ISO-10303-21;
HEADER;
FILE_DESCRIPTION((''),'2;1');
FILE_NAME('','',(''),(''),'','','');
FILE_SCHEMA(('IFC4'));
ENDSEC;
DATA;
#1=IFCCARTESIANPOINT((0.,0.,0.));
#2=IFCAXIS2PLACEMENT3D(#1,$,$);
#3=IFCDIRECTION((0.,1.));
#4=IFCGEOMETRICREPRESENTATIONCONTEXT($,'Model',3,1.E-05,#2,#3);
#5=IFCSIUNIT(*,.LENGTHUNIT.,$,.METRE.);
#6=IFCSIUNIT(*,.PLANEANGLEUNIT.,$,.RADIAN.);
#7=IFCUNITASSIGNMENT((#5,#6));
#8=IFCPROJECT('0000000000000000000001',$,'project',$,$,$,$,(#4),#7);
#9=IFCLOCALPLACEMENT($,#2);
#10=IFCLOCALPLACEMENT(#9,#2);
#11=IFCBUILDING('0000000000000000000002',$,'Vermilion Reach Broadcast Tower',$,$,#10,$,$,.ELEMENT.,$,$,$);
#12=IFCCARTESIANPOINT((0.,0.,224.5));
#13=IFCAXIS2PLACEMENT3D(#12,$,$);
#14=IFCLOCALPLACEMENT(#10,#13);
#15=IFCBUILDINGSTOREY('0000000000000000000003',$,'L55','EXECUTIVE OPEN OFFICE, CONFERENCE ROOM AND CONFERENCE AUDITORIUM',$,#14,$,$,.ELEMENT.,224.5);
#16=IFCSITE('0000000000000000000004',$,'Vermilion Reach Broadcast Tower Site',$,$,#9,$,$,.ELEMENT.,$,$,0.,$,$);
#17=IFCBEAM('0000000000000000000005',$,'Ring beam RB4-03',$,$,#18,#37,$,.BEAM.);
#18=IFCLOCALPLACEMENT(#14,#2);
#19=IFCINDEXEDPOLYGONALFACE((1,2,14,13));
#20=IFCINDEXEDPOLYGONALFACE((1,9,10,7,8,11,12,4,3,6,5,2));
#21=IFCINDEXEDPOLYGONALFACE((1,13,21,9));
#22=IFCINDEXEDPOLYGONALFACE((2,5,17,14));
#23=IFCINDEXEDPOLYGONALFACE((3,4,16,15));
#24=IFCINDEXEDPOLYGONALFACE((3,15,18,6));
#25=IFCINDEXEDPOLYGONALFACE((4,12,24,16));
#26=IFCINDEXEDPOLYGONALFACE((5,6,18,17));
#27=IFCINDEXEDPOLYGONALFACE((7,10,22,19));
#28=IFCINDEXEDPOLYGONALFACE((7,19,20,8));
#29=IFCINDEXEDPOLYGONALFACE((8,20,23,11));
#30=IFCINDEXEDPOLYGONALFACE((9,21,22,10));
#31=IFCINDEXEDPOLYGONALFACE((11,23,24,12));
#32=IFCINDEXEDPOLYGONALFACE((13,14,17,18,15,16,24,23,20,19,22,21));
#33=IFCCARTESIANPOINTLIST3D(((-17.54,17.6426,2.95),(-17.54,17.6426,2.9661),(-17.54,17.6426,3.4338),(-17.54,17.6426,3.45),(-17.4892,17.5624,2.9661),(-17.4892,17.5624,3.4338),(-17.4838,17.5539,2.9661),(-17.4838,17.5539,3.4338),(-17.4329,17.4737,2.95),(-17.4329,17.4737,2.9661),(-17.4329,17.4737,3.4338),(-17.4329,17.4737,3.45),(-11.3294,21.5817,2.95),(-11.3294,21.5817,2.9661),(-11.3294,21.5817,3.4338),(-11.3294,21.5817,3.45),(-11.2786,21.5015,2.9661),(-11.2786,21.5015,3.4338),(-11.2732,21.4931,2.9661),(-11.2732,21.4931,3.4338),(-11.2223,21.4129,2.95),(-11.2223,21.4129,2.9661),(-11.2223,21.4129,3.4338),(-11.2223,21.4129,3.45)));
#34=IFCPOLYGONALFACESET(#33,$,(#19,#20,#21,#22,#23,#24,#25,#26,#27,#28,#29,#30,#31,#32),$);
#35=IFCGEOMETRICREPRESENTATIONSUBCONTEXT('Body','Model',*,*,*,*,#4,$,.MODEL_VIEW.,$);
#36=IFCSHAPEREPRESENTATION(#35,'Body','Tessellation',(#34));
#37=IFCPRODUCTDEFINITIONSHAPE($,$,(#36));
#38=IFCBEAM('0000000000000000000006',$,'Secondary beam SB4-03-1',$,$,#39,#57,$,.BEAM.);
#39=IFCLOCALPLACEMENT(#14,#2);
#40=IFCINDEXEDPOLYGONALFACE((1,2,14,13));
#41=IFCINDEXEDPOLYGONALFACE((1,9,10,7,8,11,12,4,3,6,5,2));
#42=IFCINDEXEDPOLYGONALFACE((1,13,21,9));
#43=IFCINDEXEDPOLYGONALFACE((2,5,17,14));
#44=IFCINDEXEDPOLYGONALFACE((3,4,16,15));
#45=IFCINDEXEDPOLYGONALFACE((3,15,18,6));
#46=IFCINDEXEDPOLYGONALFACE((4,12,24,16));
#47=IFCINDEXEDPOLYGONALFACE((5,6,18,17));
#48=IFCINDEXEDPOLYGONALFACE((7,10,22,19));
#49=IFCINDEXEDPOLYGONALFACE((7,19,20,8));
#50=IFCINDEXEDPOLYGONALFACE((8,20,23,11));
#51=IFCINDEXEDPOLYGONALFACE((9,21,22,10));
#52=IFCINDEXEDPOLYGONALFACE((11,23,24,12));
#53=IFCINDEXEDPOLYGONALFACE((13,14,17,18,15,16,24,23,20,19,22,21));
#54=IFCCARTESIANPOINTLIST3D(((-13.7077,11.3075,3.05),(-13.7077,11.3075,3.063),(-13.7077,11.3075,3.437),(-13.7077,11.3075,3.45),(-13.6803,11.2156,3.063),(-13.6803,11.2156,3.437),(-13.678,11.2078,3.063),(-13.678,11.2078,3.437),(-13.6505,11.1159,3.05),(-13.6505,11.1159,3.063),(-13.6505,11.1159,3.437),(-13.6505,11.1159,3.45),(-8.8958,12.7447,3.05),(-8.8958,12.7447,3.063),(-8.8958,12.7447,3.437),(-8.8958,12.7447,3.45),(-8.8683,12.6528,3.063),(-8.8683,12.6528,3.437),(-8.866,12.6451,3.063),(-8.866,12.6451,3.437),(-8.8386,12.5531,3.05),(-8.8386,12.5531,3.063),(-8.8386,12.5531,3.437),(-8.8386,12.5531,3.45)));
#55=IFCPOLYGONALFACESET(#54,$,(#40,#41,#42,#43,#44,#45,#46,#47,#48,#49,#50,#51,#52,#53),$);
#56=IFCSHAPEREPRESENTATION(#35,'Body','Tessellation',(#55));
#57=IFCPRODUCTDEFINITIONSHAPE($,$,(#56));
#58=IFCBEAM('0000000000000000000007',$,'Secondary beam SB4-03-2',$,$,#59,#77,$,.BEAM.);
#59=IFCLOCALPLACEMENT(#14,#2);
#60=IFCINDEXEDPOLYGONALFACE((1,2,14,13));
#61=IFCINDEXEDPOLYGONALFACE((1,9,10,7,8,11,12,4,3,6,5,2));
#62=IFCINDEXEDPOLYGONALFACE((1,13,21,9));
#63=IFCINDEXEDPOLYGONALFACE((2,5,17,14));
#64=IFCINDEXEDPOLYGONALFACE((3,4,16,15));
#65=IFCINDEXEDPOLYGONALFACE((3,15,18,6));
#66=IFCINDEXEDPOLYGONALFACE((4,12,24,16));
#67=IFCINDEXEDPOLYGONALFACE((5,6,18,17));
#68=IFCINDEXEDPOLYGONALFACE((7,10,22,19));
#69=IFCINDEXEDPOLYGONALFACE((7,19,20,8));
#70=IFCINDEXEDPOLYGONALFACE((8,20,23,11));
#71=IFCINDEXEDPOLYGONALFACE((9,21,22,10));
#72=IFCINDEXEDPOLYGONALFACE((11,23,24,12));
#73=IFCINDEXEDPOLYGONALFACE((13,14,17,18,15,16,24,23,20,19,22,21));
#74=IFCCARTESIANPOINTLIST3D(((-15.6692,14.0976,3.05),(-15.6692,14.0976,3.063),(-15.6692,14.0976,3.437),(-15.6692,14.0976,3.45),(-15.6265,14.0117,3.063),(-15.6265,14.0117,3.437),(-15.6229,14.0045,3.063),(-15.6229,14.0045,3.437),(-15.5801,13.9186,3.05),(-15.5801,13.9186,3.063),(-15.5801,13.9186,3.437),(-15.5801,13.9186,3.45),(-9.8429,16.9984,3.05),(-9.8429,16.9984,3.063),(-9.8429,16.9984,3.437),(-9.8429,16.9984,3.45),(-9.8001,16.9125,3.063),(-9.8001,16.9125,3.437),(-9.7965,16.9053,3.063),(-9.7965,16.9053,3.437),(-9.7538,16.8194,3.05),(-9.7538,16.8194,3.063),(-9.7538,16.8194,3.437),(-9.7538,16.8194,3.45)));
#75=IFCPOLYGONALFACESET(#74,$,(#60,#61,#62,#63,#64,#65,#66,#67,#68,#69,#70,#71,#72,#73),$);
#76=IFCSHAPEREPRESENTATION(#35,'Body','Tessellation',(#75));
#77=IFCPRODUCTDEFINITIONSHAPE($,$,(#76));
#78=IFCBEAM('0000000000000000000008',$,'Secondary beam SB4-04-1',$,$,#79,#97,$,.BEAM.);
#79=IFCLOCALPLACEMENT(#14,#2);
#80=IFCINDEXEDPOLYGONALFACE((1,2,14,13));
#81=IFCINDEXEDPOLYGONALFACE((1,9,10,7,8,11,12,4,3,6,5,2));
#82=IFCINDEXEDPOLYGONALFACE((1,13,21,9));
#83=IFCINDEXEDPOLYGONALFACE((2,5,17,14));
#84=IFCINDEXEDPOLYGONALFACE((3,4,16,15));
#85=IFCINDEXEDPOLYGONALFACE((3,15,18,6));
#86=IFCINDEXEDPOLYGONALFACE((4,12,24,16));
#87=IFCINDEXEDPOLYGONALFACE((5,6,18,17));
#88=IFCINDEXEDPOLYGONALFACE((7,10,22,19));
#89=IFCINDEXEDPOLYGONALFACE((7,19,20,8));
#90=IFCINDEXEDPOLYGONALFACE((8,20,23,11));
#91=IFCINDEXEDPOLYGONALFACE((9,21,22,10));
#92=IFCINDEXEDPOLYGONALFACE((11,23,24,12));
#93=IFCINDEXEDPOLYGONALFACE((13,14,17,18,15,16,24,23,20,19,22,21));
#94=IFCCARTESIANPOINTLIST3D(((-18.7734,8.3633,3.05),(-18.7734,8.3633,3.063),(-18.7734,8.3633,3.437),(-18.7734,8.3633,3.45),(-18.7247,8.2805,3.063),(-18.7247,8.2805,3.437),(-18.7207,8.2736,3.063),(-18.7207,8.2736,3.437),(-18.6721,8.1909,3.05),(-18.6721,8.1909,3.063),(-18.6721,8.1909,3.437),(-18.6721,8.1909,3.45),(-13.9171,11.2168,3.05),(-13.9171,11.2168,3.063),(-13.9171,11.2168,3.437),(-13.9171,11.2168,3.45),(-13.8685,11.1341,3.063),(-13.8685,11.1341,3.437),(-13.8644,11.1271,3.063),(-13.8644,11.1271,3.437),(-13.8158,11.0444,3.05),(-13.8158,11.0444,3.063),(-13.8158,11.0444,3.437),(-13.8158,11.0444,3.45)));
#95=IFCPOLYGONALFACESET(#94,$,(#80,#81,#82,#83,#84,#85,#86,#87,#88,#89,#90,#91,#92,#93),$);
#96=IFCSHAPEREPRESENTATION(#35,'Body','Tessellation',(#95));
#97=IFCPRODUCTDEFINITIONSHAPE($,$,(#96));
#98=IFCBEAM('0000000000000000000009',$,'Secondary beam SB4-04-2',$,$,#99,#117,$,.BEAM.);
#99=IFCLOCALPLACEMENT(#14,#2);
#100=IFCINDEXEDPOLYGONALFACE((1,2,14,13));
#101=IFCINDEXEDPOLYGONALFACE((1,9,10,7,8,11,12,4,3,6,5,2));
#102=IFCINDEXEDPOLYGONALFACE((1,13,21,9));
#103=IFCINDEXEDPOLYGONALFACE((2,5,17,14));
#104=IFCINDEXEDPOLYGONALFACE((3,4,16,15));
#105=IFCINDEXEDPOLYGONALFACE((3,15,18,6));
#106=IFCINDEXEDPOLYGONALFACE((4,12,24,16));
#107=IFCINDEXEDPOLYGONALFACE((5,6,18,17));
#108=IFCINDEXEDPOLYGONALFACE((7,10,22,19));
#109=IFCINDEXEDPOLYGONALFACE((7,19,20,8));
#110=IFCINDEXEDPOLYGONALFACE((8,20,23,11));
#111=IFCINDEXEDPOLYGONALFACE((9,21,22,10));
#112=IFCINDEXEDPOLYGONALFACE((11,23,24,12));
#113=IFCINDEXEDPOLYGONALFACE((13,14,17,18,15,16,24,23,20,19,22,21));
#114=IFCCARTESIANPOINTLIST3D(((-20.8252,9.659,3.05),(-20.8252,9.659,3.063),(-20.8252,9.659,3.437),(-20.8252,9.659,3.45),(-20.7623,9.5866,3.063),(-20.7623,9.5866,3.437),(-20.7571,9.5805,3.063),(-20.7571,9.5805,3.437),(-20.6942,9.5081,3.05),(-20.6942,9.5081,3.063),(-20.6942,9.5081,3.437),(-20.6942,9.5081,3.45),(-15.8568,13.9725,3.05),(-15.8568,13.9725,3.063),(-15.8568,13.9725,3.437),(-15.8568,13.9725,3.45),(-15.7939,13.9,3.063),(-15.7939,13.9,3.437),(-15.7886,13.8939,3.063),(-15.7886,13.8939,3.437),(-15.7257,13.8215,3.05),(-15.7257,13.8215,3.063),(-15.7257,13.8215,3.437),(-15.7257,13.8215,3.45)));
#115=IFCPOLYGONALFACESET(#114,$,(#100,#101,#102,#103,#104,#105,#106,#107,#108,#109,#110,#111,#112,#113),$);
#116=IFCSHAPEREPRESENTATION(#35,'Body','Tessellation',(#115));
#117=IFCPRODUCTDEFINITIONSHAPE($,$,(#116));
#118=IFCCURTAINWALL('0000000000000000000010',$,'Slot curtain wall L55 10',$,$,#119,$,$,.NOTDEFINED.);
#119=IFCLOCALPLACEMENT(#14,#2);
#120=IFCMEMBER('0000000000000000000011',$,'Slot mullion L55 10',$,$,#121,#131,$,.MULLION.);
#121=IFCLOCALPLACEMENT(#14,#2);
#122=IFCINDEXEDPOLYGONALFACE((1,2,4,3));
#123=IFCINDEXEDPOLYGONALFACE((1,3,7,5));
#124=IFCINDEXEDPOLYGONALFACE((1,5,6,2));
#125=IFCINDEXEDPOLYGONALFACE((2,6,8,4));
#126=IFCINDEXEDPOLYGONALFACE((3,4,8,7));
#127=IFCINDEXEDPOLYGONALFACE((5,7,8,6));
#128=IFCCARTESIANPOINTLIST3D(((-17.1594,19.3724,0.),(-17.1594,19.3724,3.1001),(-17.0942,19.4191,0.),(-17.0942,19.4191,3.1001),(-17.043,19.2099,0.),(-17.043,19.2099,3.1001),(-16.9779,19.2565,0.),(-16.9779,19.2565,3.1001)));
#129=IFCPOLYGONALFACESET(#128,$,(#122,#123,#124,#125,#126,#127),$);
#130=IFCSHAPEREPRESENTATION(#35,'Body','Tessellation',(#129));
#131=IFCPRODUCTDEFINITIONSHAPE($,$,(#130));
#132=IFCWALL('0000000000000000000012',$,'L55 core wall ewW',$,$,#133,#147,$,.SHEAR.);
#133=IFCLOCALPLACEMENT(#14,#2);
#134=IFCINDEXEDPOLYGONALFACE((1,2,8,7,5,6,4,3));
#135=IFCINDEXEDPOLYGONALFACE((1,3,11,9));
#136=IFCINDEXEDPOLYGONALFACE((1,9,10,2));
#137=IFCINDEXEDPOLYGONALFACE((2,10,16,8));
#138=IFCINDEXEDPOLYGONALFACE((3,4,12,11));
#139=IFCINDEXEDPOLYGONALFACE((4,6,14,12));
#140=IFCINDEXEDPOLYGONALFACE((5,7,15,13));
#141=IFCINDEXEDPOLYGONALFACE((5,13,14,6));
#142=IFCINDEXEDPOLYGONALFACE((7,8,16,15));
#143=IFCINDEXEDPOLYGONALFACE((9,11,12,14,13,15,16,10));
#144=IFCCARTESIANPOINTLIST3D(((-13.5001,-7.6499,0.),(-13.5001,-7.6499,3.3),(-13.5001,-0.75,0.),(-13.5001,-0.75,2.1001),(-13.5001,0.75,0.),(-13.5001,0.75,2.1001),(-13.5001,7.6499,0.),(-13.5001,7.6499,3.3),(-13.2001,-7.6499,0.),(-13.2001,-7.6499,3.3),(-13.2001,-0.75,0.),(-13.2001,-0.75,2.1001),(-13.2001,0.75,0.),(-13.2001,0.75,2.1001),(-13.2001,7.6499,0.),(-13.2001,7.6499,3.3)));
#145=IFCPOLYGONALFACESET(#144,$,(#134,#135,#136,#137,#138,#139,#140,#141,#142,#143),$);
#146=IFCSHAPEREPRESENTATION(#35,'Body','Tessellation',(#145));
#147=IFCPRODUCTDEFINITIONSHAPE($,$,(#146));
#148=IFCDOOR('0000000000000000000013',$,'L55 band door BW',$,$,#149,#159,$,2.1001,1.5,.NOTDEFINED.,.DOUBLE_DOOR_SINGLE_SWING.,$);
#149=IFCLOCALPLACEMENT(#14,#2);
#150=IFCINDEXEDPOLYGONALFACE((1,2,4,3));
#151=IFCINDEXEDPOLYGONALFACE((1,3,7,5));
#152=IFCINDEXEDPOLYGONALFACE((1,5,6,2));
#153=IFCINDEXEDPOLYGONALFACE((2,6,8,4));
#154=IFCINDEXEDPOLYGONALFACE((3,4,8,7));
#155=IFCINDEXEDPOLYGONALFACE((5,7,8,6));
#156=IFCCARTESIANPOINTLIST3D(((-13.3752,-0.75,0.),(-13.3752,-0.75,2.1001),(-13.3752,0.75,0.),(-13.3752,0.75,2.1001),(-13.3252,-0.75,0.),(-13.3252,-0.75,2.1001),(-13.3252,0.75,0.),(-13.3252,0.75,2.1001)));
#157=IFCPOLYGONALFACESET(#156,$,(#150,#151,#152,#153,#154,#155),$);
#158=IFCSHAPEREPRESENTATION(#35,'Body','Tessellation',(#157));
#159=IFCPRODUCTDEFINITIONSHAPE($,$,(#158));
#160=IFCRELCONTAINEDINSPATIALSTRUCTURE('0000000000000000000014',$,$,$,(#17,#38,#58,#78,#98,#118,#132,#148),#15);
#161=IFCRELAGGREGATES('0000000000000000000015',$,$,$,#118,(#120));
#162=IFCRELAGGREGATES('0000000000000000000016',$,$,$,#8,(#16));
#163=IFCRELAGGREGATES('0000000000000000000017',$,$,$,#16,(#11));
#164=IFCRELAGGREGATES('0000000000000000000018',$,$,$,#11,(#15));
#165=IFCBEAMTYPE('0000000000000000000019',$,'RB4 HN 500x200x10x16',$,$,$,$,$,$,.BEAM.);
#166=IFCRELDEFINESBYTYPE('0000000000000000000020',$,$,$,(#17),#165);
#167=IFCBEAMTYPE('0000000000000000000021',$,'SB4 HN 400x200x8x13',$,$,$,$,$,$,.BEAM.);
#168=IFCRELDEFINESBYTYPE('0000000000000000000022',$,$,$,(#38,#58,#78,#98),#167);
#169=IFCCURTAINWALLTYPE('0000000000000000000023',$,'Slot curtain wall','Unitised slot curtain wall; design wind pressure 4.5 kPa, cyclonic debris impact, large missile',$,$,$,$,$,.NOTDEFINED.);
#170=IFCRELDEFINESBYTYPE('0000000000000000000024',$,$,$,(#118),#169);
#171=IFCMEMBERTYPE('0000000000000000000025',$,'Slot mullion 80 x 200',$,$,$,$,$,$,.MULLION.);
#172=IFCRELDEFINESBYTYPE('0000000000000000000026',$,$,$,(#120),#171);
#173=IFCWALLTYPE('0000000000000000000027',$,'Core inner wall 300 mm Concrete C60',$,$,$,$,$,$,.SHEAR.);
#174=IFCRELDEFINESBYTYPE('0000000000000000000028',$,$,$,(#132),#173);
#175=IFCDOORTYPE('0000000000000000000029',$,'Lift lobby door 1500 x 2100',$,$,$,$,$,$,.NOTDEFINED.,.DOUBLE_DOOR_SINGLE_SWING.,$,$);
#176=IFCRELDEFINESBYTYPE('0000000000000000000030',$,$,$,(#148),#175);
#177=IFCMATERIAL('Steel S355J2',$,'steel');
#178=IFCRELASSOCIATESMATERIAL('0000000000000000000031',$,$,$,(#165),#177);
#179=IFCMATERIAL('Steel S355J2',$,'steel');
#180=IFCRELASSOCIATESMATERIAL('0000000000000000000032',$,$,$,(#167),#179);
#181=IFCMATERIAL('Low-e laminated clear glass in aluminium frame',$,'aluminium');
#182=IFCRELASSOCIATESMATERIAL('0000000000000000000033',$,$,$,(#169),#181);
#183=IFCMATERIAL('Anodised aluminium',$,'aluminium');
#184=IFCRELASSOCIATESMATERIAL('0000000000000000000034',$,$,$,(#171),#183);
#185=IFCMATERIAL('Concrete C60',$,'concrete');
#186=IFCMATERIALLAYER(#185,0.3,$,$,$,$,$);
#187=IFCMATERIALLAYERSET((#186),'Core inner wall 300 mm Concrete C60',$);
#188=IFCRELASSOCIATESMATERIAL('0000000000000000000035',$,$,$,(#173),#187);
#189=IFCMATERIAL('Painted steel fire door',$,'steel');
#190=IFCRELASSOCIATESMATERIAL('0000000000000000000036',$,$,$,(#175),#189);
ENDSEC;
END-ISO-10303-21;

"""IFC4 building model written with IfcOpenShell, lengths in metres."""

from ifc_helpers import new_model, si_unit, direction, frame, frame_2d, origin, origin_2d, place, context, subcontext, project, spatial, rectangle, i_section, extrude, material, layer, layer_set, material_profile, profile_set, type_object, element, fill, aggregate, save


model = new_model("IFC4")

# Units and contexts
model_context = context("Model", 3, precision=1e-05, world=origin(), true_north=direction((0.0, 1.0)))
body_context = subcontext(model_context, "Body", "Model", "MODEL_VIEW")
ifc_project = project(units=[si_unit("LENGTHUNIT", "METRE"), si_unit("PLANEANGLEUNIT", "RADIAN")], contexts=[model_context])

# Site, building, storey
site_placement = place(None, origin())
site = spatial("IfcSite", under=ifc_project, at=site_placement, Name="Vermilion Reach Broadcast Tower Site", CompositionType="ELEMENT", RefElevation=0.0)
building_placement = place(site_placement, origin())
building = spatial("IfcBuilding", under=site, at=building_placement, Name="Vermilion Reach Broadcast Tower", CompositionType="ELEMENT")
storey_placement = place(building_placement, frame((0.0, 0.0, 224.5)))
storey = spatial("IfcBuildingStorey", under=building, at=storey_placement, Name="L55", Description="EXECUTIVE OPEN OFFICE, CONFERENCE ROOM AND CONFERENCE AUDITORIUM", CompositionType="ELEMENT", Elevation=224.5)

# Beams
ifc_material_1 = material(Name="Steel S355J2", Category="steel")
ifc_material_profile_1 = material_profile(ifc_material_1, i_section(OverallWidth=0.2, OverallDepth=0.5, WebThickness=0.01, FlangeThickness=0.0161, at=origin_2d()), Name="S355J2 HN 500x200x10x16")
ifc_profile_set_1 = profile_set([ifc_material_profile_1], Name="Steel S355J2")
beam_type_1 = type_object("IfcBeamType", Name="RB4 HN 500x200x10x16", PredefinedType="BEAM", material=ifc_profile_set_1)
beam_1_placement = place(storey_placement, frame((-11.2759, 21.4973, 3.2), z_axis=(-0.844464, -0.535612, 0.0), x_axis=(0.535612, -0.844464, 0.0)))
element("IfcBeam", 1, at=beam_1_placement, inside=storey, type_object=beam_type_1, Name="Ring beam RB4-03", PredefinedType="BEAM", context=body_context, shape_type="SweptSolid", body=[
    extrude(i_section(OverallWidth=0.2, OverallDepth=0.5, WebThickness=0.01, FlangeThickness=0.0161, at=origin_2d()), origin(), (0.0, 0.0, 1.0), 7.3545),
])
ifc_material_2 = material(Name="Steel S355J2", Category="steel")
ifc_material_profile_2 = material_profile(ifc_material_2, i_section(OverallWidth=0.2, OverallDepth=0.3999, WebThickness=0.0081, FlangeThickness=0.0129, at=origin_2d()), Name="S355J2 HN 400x200x8x13")
ifc_profile_set_2 = profile_set([ifc_material_profile_2], Name="Steel S355J2")
beam_type_2 = type_object("IfcBeamType", Name="SB4 HN 400x200x8x13", PredefinedType="BEAM", material=ifc_profile_set_2)
beam_2_placement = place(storey_placement, frame((-8.8672, 12.6489, 3.25), z_axis=(-0.958173, -0.286188, 0.0), x_axis=(0.286188, -0.958173, 0.0)))
element("IfcBeam", 2, at=beam_2_placement, inside=storey, type_object=beam_type_2, Name="Secondary beam SB4-03-1", PredefinedType="BEAM", context=body_context, shape_type="SweptSolid", body=[
    extrude(i_section(OverallWidth=0.2, OverallDepth=0.3999, WebThickness=0.0081, FlangeThickness=0.0129, at=origin_2d()), origin(), (0.0, 0.0, 1.0), 5.022),
])
beam_3_placement = place(storey_placement, frame((-9.7983, 16.9089, 3.25), z_axis=(-0.895184, -0.445698, 0.0), x_axis=(0.445698, -0.895184, 0.0)))
element("IfcBeam", 3, at=beam_3_placement, inside=storey, type_object=beam_type_2, Name="Secondary beam SB4-03-2", PredefinedType="BEAM", context=body_context, shape_type="SweptSolid", body=[
    extrude(i_section(OverallWidth=0.2, OverallDepth=0.3999, WebThickness=0.0081, FlangeThickness=0.0129, at=origin_2d()), origin(), (0.0, 0.0, 1.0), 6.5085),
])
beam_4_placement = place(storey_placement, frame((-13.8665, 11.1306, 3.25), z_axis=(-0.862173, -0.506615, 0.0), x_axis=(0.506615, -0.862173, 0.0)))
element("IfcBeam", 4, at=beam_4_placement, inside=storey, type_object=beam_type_2, Name="Secondary beam SB4-04-1", PredefinedType="BEAM", context=body_context, shape_type="SweptSolid", body=[
    extrude(i_section(OverallWidth=0.2, OverallDepth=0.3999, WebThickness=0.0081, FlangeThickness=0.0129, at=origin_2d()), origin(), (0.0, 0.0, 1.0), 5.6326),
])
beam_5_placement = place(storey_placement, frame((-15.7913, 13.897, 3.25), z_axis=(-0.755129, -0.655576, 0.0), x_axis=(0.655576, -0.755129, 0.0)))
element("IfcBeam", 5, at=beam_5_placement, inside=storey, type_object=beam_type_2, Name="Secondary beam SB4-04-2", PredefinedType="BEAM", context=body_context, shape_type="SweptSolid", body=[
    extrude(i_section(OverallWidth=0.2, OverallDepth=0.3999, WebThickness=0.0081, FlangeThickness=0.0129, at=origin_2d()), origin(), (0.0, 0.0, 1.0), 6.5796),
])

# Curtain wall, member
ifc_material_3 = material(Name="Low-e laminated clear glass in aluminium frame", Category="aluminium")
curtain_wall_type = type_object("IfcCurtainWallType", Name="Slot curtain wall", Description="Unitised slot curtain wall; design wind pressure 4.5 kPa, cyclonic debris impact, large missile", PredefinedType="NOTDEFINED", material=ifc_material_3)
curtain_wall_placement = place(storey_placement, origin())
curtain_wall = element("IfcCurtainWall", 6, at=curtain_wall_placement, inside=storey, type_object=curtain_wall_type, Name="Slot curtain wall L55 10", PredefinedType="NOTDEFINED")
ifc_material_4 = material(Name="Anodised aluminium", Category="aluminium")
ifc_material_profile_3 = material_profile(ifc_material_4, rectangle(XDim=0.2, YDim=0.0801, at=origin_2d()), Name="Slot mullion 80 x 200")
ifc_profile_set_3 = profile_set([ifc_material_profile_3], Name="Anodised aluminium")
member_type = type_object("IfcMemberType", Name="Slot mullion 80 x 200", PredefinedType="MULLION", material=ifc_profile_set_3)
member_placement = place(storey_placement, frame((-17.0686, 19.3145, 0.0), z_axis=(0.0, 0.0, 1.0), x_axis=(0.582109, -0.813111, 0.0)))
member = element("IfcMember", 7, at=member_placement, type_object=member_type, Name="Slot mullion L55 10", PredefinedType="MULLION", context=body_context, shape_type="SweptSolid", body=[
    extrude(rectangle(XDim=0.2, YDim=0.0801, at=origin_2d()), origin(), (0.0, 0.0, 1.0), 3.1001),
])
aggregate(curtain_wall, [member])

# Wall, opening, door
ifc_material_5 = material(Name="Concrete C60", Category="concrete")
ifc_layer_1 = layer(ifc_material_5, 0.3)
ifc_layer_set_1 = layer_set([ifc_layer_1], Name="Core inner wall 300 mm Concrete C60")
wall_type_1 = type_object("IfcWallType", Name="Core inner wall 300 mm Concrete C60", PredefinedType="SHEAR", material=ifc_layer_set_1)
wall_1_placement = place(storey_placement, frame((-13.3501, 7.6499, 0.0), z_axis=(0.0, 0.0, 1.0), x_axis=(0.0, -1.0, 0.0)))
wall_1 = element("IfcWall", 8, at=wall_1_placement, inside=storey, type_object=wall_type_1, Name="L55 core wall ewW", PredefinedType="SHEAR", context=body_context, shape_type="SweptSolid", body=[
    extrude(rectangle(XDim=15.2998, YDim=0.3, at=frame_2d((7.6499, 0.0))), origin(), (0.0, 0.0, 1.0), 3.3),
])
opening_1_placement = place(wall_1_placement, frame((6.8999, 0.0, 0.0)))
opening_1 = element("IfcOpeningElement", 9, at=opening_1_placement, cuts=wall_1, PredefinedType="OPENING", context=body_context, shape_type="SweptSolid", body=[
    extrude(rectangle(XDim=1.5, YDim=2.1001, at=frame_2d((0.75, 1.05))), frame((0.0, 0.1599, 0.0), z_axis=(0.0, -1.0, 0.0), x_axis=(1.0, 0.0, 0.0)), (0.0, 0.0, 1.0), 0.3201),
])
ifc_material_6 = material(Name="Painted steel fire door", Category="steel")
door_type_1 = type_object("IfcDoorType", Name="Lift lobby door 1500 x 2100", OperationType="DOUBLE_DOOR_SINGLE_SWING", PredefinedType="NOTDEFINED", material=ifc_material_6)
door_1_placement = place(opening_1_placement, origin())
door_1 = element("IfcDoor", 10, at=door_1_placement, inside=storey, type_object=door_type_1, Name="L55 band door BW", OperationType="DOUBLE_DOOR_SINGLE_SWING", OverallHeight=2.1001, OverallWidth=1.5, PredefinedType="NOTDEFINED", context=body_context, shape_type="SweptSolid", body=[
    extrude(rectangle(XDim=1.5, YDim=2.1001, at=frame_2d((0.75, 1.05))), frame((0.0, 0.0249, 0.0), z_axis=(0.0, -1.0, 0.0), x_axis=(1.0, 0.0, 0.0)), (0.0, 0.0, 1.0), 0.05),
])
fill(opening_1, door_1)

save(model, "model.ifc")
